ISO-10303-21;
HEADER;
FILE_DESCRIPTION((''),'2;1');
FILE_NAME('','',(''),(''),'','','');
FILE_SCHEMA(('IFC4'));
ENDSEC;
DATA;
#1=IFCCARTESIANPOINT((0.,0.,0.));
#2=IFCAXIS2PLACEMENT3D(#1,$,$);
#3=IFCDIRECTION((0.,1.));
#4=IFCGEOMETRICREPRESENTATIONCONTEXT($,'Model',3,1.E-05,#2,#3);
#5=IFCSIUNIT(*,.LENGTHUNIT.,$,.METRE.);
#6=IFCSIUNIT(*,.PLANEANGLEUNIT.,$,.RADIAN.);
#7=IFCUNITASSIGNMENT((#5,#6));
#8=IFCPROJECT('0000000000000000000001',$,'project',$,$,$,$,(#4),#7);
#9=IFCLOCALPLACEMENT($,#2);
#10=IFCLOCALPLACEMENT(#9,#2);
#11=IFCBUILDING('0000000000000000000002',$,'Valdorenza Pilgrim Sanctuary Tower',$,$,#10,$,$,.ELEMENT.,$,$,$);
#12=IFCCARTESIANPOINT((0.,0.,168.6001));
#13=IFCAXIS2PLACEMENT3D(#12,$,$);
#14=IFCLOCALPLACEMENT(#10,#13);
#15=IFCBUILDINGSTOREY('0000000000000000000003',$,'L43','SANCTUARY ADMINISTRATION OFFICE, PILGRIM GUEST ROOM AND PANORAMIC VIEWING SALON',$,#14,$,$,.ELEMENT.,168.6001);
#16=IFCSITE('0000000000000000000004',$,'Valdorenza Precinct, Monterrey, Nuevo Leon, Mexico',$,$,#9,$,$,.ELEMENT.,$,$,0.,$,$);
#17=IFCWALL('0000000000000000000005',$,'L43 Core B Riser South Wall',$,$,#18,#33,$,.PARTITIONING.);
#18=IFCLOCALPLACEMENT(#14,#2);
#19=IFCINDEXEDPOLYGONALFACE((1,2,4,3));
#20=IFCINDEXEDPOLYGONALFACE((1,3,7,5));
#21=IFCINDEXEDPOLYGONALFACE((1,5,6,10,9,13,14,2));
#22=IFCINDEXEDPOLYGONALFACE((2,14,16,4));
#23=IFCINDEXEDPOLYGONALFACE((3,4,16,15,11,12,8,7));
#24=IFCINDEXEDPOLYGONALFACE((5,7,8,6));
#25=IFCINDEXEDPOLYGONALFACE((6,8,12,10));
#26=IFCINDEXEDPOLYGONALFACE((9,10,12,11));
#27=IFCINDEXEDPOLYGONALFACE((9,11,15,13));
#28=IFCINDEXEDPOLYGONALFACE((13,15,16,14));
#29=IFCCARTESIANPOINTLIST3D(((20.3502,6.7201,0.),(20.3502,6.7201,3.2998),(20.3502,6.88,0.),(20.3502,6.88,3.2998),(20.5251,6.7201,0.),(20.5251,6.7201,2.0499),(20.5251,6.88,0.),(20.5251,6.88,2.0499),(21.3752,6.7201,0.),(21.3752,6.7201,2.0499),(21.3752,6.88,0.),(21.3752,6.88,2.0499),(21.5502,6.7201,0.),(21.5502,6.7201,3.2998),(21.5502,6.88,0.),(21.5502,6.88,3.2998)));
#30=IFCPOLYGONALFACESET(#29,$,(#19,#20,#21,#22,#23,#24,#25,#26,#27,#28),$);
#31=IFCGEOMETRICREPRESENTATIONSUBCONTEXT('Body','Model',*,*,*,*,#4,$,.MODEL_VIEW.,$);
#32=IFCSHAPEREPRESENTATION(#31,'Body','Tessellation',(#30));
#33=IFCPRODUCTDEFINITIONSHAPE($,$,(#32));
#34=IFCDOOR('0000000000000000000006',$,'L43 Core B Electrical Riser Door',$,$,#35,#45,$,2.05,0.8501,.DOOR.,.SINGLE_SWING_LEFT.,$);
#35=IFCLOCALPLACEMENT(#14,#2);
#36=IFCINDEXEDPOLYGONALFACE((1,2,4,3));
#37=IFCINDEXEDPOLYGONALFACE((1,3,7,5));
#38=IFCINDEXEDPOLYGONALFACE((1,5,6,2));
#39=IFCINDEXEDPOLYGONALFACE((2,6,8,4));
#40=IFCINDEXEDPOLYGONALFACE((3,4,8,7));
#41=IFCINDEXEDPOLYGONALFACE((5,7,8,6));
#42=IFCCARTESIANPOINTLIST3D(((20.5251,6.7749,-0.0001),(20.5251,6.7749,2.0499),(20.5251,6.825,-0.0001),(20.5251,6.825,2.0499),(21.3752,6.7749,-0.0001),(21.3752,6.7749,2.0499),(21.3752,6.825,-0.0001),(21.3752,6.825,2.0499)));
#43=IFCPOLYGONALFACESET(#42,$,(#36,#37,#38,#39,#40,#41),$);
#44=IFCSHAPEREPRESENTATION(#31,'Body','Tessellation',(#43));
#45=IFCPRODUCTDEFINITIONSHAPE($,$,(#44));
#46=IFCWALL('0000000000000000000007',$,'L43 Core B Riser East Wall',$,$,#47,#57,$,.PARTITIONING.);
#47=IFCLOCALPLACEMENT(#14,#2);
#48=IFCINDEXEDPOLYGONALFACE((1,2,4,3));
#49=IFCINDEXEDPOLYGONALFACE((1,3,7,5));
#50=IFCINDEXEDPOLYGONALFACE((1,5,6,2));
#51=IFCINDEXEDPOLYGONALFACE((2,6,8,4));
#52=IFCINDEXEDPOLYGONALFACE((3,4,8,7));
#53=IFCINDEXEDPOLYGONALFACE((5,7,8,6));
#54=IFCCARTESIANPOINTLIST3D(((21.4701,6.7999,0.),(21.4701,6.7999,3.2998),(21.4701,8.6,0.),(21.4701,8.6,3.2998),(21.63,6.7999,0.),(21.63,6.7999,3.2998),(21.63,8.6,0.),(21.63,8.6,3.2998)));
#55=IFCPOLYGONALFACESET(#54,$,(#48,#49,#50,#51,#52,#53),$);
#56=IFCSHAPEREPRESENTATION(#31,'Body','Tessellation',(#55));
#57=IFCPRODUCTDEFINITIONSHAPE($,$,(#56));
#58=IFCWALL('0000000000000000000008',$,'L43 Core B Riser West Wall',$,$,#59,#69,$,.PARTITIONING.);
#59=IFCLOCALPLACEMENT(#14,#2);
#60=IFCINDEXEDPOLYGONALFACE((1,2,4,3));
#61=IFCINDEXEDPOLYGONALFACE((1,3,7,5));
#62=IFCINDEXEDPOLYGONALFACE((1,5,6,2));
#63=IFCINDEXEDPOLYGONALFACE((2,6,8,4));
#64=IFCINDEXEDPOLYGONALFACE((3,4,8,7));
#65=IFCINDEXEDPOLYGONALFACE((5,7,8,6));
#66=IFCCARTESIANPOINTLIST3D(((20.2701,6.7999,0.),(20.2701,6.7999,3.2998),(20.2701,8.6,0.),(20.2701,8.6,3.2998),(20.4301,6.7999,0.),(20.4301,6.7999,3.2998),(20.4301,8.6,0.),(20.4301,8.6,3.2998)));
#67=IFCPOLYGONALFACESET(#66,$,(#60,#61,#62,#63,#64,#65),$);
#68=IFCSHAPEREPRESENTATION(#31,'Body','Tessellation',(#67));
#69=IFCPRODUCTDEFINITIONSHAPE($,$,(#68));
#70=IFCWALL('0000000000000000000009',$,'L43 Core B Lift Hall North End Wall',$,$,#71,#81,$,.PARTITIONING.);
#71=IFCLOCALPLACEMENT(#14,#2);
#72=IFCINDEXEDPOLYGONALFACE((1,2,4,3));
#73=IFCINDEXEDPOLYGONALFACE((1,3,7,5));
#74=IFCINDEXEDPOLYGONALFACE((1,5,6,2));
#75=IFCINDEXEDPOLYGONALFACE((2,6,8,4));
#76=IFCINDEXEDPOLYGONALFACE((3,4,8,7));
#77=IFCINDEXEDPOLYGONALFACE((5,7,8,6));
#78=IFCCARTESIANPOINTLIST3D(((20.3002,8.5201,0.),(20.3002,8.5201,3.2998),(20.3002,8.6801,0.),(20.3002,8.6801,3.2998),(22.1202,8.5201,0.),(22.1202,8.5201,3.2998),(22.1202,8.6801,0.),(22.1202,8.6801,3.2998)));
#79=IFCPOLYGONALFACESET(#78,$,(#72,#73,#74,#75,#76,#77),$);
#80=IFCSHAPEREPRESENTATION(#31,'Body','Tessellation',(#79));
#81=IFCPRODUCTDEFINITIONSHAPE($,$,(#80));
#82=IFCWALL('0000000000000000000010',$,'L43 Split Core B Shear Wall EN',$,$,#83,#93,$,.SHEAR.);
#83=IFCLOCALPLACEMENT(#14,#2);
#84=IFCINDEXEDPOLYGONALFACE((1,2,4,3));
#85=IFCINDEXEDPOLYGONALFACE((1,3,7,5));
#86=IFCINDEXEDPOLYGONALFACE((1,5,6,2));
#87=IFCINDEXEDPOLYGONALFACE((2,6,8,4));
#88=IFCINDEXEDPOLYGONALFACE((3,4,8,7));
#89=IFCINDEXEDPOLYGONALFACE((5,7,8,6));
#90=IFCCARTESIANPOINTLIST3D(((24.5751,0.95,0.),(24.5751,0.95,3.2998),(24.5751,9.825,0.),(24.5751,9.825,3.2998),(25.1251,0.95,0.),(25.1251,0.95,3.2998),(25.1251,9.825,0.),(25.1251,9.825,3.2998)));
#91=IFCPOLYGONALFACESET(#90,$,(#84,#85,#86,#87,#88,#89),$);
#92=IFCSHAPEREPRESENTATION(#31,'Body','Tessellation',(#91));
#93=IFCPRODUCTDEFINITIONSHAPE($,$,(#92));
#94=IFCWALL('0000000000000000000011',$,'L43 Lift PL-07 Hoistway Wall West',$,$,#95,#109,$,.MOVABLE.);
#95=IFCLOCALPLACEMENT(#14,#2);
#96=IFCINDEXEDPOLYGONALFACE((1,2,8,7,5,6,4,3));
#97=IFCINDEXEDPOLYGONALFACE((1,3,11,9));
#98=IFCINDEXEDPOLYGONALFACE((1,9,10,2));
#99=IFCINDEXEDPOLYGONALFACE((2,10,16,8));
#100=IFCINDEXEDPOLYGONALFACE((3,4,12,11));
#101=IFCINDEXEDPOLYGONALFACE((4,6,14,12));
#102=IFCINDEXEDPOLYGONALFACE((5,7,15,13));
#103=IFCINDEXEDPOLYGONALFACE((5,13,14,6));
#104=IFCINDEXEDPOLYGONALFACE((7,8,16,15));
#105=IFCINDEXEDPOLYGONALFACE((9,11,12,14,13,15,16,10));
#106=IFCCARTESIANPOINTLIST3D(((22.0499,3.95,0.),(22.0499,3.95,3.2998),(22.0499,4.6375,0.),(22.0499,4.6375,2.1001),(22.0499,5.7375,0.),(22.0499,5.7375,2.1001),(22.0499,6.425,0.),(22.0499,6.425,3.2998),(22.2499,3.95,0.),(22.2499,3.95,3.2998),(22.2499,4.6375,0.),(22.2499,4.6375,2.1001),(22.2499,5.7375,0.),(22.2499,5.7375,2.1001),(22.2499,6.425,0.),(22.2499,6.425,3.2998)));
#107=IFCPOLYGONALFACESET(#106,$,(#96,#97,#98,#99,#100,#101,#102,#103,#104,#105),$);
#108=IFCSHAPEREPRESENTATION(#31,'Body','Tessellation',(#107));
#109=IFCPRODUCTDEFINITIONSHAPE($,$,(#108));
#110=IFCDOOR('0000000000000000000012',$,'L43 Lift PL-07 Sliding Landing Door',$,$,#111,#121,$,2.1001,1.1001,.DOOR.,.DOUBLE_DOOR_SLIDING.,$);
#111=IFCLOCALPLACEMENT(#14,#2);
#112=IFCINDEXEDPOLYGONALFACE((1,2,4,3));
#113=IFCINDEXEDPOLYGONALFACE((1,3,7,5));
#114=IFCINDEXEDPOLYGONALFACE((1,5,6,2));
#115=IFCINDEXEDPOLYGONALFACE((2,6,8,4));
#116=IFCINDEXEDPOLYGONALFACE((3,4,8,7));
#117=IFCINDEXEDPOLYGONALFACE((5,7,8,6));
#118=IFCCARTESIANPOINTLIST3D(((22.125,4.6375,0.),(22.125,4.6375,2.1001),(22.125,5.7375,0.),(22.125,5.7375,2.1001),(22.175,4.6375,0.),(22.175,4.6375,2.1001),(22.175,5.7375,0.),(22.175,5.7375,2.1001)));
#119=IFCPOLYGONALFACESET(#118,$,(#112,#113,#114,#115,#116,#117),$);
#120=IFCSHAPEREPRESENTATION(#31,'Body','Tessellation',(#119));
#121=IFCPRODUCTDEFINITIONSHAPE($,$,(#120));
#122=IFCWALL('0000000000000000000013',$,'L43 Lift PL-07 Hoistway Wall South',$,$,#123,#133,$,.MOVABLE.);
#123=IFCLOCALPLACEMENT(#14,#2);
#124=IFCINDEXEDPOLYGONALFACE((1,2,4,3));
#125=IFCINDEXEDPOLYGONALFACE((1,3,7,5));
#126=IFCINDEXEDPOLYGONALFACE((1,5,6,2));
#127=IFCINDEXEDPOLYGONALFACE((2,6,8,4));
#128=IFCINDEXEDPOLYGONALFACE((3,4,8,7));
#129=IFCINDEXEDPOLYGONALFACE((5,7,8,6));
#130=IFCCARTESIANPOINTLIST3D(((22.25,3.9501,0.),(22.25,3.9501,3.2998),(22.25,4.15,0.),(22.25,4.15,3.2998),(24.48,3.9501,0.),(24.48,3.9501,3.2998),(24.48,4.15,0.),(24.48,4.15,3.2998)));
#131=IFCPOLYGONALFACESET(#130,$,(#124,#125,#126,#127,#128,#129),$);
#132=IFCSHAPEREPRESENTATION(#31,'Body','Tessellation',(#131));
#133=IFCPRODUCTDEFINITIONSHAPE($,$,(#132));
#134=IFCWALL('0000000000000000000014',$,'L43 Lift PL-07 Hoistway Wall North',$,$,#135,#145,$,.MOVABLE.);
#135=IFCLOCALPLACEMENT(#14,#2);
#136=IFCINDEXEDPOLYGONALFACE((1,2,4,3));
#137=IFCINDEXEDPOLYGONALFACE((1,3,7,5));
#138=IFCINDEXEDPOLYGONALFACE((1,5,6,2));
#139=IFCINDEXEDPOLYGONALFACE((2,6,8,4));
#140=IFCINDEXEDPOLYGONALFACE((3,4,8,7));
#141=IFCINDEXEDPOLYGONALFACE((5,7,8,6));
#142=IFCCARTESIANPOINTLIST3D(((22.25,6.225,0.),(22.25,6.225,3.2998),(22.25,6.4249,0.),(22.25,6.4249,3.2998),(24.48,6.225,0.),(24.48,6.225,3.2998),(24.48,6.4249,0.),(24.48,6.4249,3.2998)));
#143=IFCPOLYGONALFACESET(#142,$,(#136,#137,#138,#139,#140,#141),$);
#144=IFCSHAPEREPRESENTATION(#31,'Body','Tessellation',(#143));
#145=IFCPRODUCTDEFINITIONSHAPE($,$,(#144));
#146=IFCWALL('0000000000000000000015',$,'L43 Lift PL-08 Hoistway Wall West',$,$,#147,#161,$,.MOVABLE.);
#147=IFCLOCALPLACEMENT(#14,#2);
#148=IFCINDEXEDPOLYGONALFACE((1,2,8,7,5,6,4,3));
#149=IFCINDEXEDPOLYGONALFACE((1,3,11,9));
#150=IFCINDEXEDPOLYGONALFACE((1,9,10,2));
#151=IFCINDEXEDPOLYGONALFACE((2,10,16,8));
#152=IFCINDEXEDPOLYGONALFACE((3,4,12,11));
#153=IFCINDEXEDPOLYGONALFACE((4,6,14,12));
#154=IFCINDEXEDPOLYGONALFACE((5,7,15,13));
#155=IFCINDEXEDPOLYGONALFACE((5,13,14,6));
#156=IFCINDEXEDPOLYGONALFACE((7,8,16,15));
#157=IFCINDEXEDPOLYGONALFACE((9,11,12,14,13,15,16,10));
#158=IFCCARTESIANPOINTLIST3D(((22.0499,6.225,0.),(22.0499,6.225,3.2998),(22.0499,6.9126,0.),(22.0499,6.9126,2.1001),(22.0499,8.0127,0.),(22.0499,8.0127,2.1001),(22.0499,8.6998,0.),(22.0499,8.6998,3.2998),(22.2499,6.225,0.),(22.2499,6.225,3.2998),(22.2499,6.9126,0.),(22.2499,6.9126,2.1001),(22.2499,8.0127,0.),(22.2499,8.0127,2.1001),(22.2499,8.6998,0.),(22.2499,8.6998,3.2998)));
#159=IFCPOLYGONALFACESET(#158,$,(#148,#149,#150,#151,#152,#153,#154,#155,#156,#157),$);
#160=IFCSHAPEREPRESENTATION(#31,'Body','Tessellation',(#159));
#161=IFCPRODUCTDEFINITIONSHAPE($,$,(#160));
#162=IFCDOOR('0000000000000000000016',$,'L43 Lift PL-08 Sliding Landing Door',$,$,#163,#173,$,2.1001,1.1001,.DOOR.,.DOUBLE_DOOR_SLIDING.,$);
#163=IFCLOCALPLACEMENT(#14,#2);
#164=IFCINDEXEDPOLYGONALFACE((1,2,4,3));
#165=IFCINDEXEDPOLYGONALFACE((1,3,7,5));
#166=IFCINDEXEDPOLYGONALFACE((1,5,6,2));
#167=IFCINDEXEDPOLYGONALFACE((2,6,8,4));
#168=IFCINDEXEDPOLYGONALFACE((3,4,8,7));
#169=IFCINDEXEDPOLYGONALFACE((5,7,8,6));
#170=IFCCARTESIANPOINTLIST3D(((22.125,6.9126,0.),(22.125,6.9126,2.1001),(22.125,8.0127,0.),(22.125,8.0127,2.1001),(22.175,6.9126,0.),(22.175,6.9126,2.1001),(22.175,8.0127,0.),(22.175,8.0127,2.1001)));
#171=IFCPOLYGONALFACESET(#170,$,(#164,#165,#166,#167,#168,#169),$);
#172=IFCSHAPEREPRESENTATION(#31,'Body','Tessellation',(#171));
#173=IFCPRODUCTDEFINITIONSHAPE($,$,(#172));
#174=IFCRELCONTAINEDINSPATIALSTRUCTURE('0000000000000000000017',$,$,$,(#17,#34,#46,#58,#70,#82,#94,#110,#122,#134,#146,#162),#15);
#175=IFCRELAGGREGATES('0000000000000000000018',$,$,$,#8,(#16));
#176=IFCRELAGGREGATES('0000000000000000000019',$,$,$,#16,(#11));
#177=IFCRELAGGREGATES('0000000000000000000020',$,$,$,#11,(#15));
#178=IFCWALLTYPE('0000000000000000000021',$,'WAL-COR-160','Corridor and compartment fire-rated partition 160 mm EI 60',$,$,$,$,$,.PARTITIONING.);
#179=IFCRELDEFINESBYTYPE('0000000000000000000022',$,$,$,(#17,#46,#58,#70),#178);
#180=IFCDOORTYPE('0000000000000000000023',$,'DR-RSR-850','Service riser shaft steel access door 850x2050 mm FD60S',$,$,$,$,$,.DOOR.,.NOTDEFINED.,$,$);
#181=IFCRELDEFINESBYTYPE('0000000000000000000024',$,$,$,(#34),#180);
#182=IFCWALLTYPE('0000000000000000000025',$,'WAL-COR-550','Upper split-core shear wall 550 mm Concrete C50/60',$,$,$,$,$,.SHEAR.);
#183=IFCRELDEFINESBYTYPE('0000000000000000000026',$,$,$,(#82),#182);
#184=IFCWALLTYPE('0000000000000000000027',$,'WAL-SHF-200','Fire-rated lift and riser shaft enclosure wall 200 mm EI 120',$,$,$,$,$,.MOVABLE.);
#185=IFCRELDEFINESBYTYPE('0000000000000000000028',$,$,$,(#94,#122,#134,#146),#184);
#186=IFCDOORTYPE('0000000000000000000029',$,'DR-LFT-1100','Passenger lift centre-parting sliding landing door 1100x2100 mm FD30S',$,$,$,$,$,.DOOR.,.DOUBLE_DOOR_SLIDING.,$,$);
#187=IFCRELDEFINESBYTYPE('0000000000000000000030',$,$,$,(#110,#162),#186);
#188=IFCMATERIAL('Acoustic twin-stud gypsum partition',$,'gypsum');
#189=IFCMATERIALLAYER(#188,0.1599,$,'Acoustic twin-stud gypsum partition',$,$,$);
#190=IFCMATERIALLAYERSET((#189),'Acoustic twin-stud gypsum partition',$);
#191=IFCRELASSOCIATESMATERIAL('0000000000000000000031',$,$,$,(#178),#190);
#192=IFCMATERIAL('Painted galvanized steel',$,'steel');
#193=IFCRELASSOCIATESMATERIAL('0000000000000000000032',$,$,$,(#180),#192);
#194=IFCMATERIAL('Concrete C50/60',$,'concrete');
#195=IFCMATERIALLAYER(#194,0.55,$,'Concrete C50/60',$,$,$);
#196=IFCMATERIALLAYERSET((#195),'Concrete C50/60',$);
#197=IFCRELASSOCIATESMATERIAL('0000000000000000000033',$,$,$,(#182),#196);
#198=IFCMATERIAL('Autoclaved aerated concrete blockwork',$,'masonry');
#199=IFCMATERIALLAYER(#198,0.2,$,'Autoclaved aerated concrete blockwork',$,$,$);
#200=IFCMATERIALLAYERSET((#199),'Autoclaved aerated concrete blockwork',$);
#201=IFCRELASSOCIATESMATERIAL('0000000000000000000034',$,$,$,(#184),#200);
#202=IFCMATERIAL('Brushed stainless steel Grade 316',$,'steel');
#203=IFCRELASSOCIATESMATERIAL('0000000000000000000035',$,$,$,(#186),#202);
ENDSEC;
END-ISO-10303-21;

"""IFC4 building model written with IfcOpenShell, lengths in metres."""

from ifc_helpers import new_model, si_unit, direction, frame, frame_2d, origin, place, context, subcontext, project, spatial, rectangle, extrude, material, layer, layer_set, type_object, element, fill, save


model = new_model("IFC4")

# Units and contexts
model_context = context("Model", 3, precision=1e-05, world=origin(), true_north=direction((0.0, 1.0)))
body_context = subcontext(model_context, "Body", "Model", "MODEL_VIEW")
ifc_project = project(units=[si_unit("LENGTHUNIT", "METRE"), si_unit("PLANEANGLEUNIT", "RADIAN")], contexts=[model_context])

# Site, building, storey
site_placement = place(None, origin())
site = spatial("IfcSite", under=ifc_project, at=site_placement, Name="Valdorenza Precinct, Monterrey, Nuevo Leon, Mexico", CompositionType="ELEMENT", RefElevation=0.0)
building_placement = place(site_placement, origin())
building = spatial("IfcBuilding", under=site, at=building_placement, Name="Valdorenza Pilgrim Sanctuary Tower", CompositionType="ELEMENT")
storey_placement = place(building_placement, frame((0.0, 0.0, 168.6001)))
storey = spatial("IfcBuildingStorey", under=building, at=storey_placement, Name="L43", Description="SANCTUARY ADMINISTRATION OFFICE, PILGRIM GUEST ROOM AND PANORAMIC VIEWING SALON", CompositionType="ELEMENT", Elevation=168.6001)

# Wall, opening, door
ifc_material_1 = material(Name="Acoustic twin-stud gypsum partition", Category="gypsum")
ifc_layer_1 = layer(ifc_material_1, 0.1599, Name="Acoustic twin-stud gypsum partition")
ifc_layer_set_1 = layer_set([ifc_layer_1], Name="Acoustic twin-stud gypsum partition")
wall_type_1 = type_object("IfcWallType", Name="WAL-COR-160", Description="Corridor and compartment fire-rated partition 160 mm EI 60", PredefinedType="PARTITIONING", material=ifc_layer_set_1)
wall_1_placement = place(storey_placement, frame((20.3501, 6.8, 0.0), z_axis=(0.0, 0.0, 1.0), x_axis=(1.0, 0.0, 0.0)))
wall_1 = element("IfcWall", 1, at=wall_1_placement, inside=storey, type_object=wall_type_1, Name="L43 Core B Riser South Wall", PredefinedType="PARTITIONING", context=body_context, shape_type="SweptSolid", body=[
    extrude(rectangle(XDim=1.2, YDim=0.1599, at=frame_2d((0.6001, 0.0))), origin(), (0.0, 0.0, 1.0), 3.2998),
])
opening_1_placement = place(wall_1_placement, frame((0.175, 0.0, 0.0)))
opening_1 = element("IfcOpeningElement", 2, at=opening_1_placement, cuts=wall_1, PredefinedType="OPENING", context=body_context, shape_type="SweptSolid", body=[
    extrude(rectangle(XDim=0.8501, YDim=2.05, at=frame_2d((0.425, 1.0249))), frame((0.0, 0.0947, 0.0), z_axis=(0.0, -1.0, 0.0), x_axis=(1.0, 0.0, 0.0)), (0.0, 0.0, 1.0), 0.1897),
])
ifc_material_2 = material(Name="Painted galvanized steel", Category="steel")
door_type_1 = type_object("IfcDoorType", Name="DR-RSR-850", Description="Service riser shaft steel access door 850x2050 mm FD60S", OperationType="NOTDEFINED", PredefinedType="DOOR", material=ifc_material_2)
door_1_placement = place(opening_1_placement, origin())
door_1 = element("IfcDoor", 3, at=door_1_placement, inside=storey, type_object=door_type_1, Name="L43 Core B Electrical Riser Door", OperationType="SINGLE_SWING_LEFT", OverallHeight=2.05, OverallWidth=0.8501, PredefinedType="DOOR", context=body_context, shape_type="SweptSolid", body=[
    extrude(rectangle(XDim=0.8501, YDim=2.05, at=frame_2d((0.425, 1.0249))), frame((0.0, 0.0249, 0.0), z_axis=(0.0, -1.0, 0.0), x_axis=(1.0, 0.0, 0.0)), (0.0, 0.0, 1.0), 0.05),
])
fill(opening_1, door_1)

# Walls
for number, where, z_axis, x_axis, name in (
    (4, (21.55, 6.8, 0.0), (0.0, 0.0, 1.0), (0.0, 1.0, 0.0), "L43 Core B Riser East Wall"),
    (5, (20.3501, 6.8, 0.0), (0.0, 0.0, 1.0), (0.0, 1.0, 0.0), "L43 Core B Riser West Wall"),
):
    element("IfcWall", number, at=place(storey_placement, frame(where, z_axis=z_axis, x_axis=x_axis)), inside=storey, type_object=wall_type_1, Name=name, PredefinedType="PARTITIONING", context=body_context, shape_type="SweptSolid", body=[
        extrude(rectangle(XDim=1.8, YDim=0.1599, at=frame_2d((0.8999, 0.0))), origin(), (0.0, 0.0, 1.0), 3.2998),
    ])
wall_2_placement = place(storey_placement, frame((20.3, 8.6001, 0.0), z_axis=(0.0, 0.0, 1.0), x_axis=(1.0, 0.0, 0.0)))
element("IfcWall", 6, at=wall_2_placement, inside=storey, type_object=wall_type_1, Name="L43 Core B Lift Hall North End Wall", PredefinedType="PARTITIONING", context=body_context, shape_type="SweptSolid", body=[
    extrude(rectangle(XDim=1.8201, YDim=0.1599, at=frame_2d((0.9102, 0.0))), origin(), (0.0, 0.0, 1.0), 3.2998),
])
ifc_material_3 = material(Name="Concrete C50/60", Category="concrete")
ifc_layer_2 = layer(ifc_material_3, 0.55, Name="Concrete C50/60")
ifc_layer_set_2 = layer_set([ifc_layer_2], Name="Concrete C50/60")
wall_type_2 = type_object("IfcWallType", Name="WAL-COR-550", Description="Upper split-core shear wall 550 mm Concrete C50/60", PredefinedType="SHEAR", material=ifc_layer_set_2)
wall_3_placement = place(storey_placement, frame((24.8501, 0.95, 0.0), z_axis=(0.0, 0.0, 1.0), x_axis=(0.0, 1.0, 0.0)))
element("IfcWall", 7, at=wall_3_placement, inside=storey, type_object=wall_type_2, Name="L43 Split Core B Shear Wall EN", PredefinedType="SHEAR", context=body_context, shape_type="SweptSolid", body=[
    extrude(rectangle(XDim=8.875, YDim=0.55, at=frame_2d((4.4375, 0.0))), origin(), (0.0, 0.0, 1.0), 3.2998),
])

# Wall, opening, door
ifc_material_4 = material(Name="Autoclaved aerated concrete blockwork", Category="masonry")
ifc_layer_3 = layer(ifc_material_4, 0.2, Name="Autoclaved aerated concrete blockwork")
ifc_layer_set_3 = layer_set([ifc_layer_3], Name="Autoclaved aerated concrete blockwork")
wall_type_3 = type_object("IfcWallType", Name="WAL-SHF-200", Description="Fire-rated lift and riser shaft enclosure wall 200 mm EI 120", PredefinedType="MOVABLE", material=ifc_layer_set_3)
wall_4_placement = place(storey_placement, frame((22.1499, 3.95, 0.0), z_axis=(0.0, 0.0, 1.0), x_axis=(0.0, 1.0, 0.0)))
wall_4 = element("IfcWall", 8, at=wall_4_placement, inside=storey, type_object=wall_type_3, Name="L43 Lift PL-07 Hoistway Wall West", PredefinedType="MOVABLE", context=body_context, shape_type="SweptSolid", body=[
    extrude(rectangle(XDim=2.4751, YDim=0.2, at=frame_2d((1.2375, 0.0))), origin(), (0.0, 0.0, 1.0), 3.2998),
])
opening_2_placement = place(wall_4_placement, frame((0.6875, 0.0, 0.0)))
opening_2 = element("IfcOpeningElement", 9, at=opening_2_placement, cuts=wall_4, PredefinedType="OPENING", context=body_context, shape_type="SweptSolid", body=[
    extrude(rectangle(XDim=1.1001, YDim=2.1001, at=frame_2d((0.55, 1.05))), frame((0.0, 0.1147, 0.0), z_axis=(0.0, -1.0, 0.0), x_axis=(1.0, 0.0, 0.0)), (0.0, 0.0, 1.0), 0.2297),
])
ifc_material_5 = material(Name="Brushed stainless steel Grade 316", Category="steel")
door_type_2 = type_object("IfcDoorType", Name="DR-LFT-1100", Description="Passenger lift centre-parting sliding landing door 1100x2100 mm FD30S", OperationType="DOUBLE_DOOR_SLIDING", PredefinedType="DOOR", material=ifc_material_5)
door_2_placement = place(opening_2_placement, origin())
door_2 = element("IfcDoor", 10, at=door_2_placement, inside=storey, type_object=door_type_2, Name="L43 Lift PL-07 Sliding Landing Door", OperationType="DOUBLE_DOOR_SLIDING", OverallHeight=2.1001, OverallWidth=1.1001, PredefinedType="DOOR", context=body_context, shape_type="SweptSolid", body=[
    extrude(rectangle(XDim=1.1001, YDim=2.1001, at=frame_2d((0.55, 1.05))), frame((0.0, 0.0249, 0.0), z_axis=(0.0, -1.0, 0.0), x_axis=(1.0, 0.0, 0.0)), (0.0, 0.0, 1.0), 0.05),
])
fill(opening_2, door_2)

# Walls
for number, where, z_axis, x_axis, name in (
    (11, (22.25, 4.05, 0.0), (0.0, 0.0, 1.0), (1.0, 0.0, 0.0), "L43 Lift PL-07 Hoistway Wall South"),
    (12, (22.25, 6.325, 0.0), (0.0, 0.0, 1.0), (1.0, 0.0, 0.0), "L43 Lift PL-07 Hoistway Wall North"),
):
    element("IfcWall", number, at=place(storey_placement, frame(where, z_axis=z_axis, x_axis=x_axis)), inside=storey, type_object=wall_type_3, Name=name, PredefinedType="MOVABLE", context=body_context, shape_type="SweptSolid", body=[
        extrude(rectangle(XDim=2.23, YDim=0.2, at=frame_2d((1.115, 0.0))), origin(), (0.0, 0.0, 1.0), 3.2998),
    ])

# Wall, opening, door
wall_5_placement = place(storey_placement, frame((22.1499, 6.2251, 0.0), z_axis=(0.0, 0.0, 1.0), x_axis=(0.0, 1.0, 0.0)))
wall_5 = element("IfcWall", 13, at=wall_5_placement, inside=storey, type_object=wall_type_3, Name="L43 Lift PL-08 Hoistway Wall West", PredefinedType="MOVABLE", context=body_context, shape_type="SweptSolid", body=[
    extrude(rectangle(XDim=2.4749, YDim=0.2, at=frame_2d((1.2373, 0.0))), origin(), (0.0, 0.0, 1.0), 3.2998),
])
opening_3_placement = place(wall_5_placement, frame((0.6875, 0.0, 0.0)))
opening_3 = element("IfcOpeningElement", 14, at=opening_3_placement, cuts=wall_5, PredefinedType="OPENING", context=body_context, shape_type="SweptSolid", body=[
    extrude(rectangle(XDim=1.1001, YDim=2.1001, at=frame_2d((0.55, 1.05))), frame((0.0, 0.1147, 0.0), z_axis=(0.0, -1.0, 0.0), x_axis=(1.0, 0.0, 0.0)), (0.0, 0.0, 1.0), 0.2297),
])
door_3_placement = place(opening_3_placement, origin())
door_3 = element("IfcDoor", 15, at=door_3_placement, inside=storey, type_object=door_type_2, Name="L43 Lift PL-08 Sliding Landing Door", OperationType="DOUBLE_DOOR_SLIDING", OverallHeight=2.1001, OverallWidth=1.1001, PredefinedType="DOOR", context=body_context, shape_type="SweptSolid", body=[
    extrude(rectangle(XDim=1.1001, YDim=2.1001, at=frame_2d((0.55, 1.05))), frame((0.0, 0.0249, 0.0), z_axis=(0.0, -1.0, 0.0), x_axis=(1.0, 0.0, 0.0)), (0.0, 0.0, 1.0), 0.05),
])
fill(opening_3, door_3)

save(model, "model.ifc")
